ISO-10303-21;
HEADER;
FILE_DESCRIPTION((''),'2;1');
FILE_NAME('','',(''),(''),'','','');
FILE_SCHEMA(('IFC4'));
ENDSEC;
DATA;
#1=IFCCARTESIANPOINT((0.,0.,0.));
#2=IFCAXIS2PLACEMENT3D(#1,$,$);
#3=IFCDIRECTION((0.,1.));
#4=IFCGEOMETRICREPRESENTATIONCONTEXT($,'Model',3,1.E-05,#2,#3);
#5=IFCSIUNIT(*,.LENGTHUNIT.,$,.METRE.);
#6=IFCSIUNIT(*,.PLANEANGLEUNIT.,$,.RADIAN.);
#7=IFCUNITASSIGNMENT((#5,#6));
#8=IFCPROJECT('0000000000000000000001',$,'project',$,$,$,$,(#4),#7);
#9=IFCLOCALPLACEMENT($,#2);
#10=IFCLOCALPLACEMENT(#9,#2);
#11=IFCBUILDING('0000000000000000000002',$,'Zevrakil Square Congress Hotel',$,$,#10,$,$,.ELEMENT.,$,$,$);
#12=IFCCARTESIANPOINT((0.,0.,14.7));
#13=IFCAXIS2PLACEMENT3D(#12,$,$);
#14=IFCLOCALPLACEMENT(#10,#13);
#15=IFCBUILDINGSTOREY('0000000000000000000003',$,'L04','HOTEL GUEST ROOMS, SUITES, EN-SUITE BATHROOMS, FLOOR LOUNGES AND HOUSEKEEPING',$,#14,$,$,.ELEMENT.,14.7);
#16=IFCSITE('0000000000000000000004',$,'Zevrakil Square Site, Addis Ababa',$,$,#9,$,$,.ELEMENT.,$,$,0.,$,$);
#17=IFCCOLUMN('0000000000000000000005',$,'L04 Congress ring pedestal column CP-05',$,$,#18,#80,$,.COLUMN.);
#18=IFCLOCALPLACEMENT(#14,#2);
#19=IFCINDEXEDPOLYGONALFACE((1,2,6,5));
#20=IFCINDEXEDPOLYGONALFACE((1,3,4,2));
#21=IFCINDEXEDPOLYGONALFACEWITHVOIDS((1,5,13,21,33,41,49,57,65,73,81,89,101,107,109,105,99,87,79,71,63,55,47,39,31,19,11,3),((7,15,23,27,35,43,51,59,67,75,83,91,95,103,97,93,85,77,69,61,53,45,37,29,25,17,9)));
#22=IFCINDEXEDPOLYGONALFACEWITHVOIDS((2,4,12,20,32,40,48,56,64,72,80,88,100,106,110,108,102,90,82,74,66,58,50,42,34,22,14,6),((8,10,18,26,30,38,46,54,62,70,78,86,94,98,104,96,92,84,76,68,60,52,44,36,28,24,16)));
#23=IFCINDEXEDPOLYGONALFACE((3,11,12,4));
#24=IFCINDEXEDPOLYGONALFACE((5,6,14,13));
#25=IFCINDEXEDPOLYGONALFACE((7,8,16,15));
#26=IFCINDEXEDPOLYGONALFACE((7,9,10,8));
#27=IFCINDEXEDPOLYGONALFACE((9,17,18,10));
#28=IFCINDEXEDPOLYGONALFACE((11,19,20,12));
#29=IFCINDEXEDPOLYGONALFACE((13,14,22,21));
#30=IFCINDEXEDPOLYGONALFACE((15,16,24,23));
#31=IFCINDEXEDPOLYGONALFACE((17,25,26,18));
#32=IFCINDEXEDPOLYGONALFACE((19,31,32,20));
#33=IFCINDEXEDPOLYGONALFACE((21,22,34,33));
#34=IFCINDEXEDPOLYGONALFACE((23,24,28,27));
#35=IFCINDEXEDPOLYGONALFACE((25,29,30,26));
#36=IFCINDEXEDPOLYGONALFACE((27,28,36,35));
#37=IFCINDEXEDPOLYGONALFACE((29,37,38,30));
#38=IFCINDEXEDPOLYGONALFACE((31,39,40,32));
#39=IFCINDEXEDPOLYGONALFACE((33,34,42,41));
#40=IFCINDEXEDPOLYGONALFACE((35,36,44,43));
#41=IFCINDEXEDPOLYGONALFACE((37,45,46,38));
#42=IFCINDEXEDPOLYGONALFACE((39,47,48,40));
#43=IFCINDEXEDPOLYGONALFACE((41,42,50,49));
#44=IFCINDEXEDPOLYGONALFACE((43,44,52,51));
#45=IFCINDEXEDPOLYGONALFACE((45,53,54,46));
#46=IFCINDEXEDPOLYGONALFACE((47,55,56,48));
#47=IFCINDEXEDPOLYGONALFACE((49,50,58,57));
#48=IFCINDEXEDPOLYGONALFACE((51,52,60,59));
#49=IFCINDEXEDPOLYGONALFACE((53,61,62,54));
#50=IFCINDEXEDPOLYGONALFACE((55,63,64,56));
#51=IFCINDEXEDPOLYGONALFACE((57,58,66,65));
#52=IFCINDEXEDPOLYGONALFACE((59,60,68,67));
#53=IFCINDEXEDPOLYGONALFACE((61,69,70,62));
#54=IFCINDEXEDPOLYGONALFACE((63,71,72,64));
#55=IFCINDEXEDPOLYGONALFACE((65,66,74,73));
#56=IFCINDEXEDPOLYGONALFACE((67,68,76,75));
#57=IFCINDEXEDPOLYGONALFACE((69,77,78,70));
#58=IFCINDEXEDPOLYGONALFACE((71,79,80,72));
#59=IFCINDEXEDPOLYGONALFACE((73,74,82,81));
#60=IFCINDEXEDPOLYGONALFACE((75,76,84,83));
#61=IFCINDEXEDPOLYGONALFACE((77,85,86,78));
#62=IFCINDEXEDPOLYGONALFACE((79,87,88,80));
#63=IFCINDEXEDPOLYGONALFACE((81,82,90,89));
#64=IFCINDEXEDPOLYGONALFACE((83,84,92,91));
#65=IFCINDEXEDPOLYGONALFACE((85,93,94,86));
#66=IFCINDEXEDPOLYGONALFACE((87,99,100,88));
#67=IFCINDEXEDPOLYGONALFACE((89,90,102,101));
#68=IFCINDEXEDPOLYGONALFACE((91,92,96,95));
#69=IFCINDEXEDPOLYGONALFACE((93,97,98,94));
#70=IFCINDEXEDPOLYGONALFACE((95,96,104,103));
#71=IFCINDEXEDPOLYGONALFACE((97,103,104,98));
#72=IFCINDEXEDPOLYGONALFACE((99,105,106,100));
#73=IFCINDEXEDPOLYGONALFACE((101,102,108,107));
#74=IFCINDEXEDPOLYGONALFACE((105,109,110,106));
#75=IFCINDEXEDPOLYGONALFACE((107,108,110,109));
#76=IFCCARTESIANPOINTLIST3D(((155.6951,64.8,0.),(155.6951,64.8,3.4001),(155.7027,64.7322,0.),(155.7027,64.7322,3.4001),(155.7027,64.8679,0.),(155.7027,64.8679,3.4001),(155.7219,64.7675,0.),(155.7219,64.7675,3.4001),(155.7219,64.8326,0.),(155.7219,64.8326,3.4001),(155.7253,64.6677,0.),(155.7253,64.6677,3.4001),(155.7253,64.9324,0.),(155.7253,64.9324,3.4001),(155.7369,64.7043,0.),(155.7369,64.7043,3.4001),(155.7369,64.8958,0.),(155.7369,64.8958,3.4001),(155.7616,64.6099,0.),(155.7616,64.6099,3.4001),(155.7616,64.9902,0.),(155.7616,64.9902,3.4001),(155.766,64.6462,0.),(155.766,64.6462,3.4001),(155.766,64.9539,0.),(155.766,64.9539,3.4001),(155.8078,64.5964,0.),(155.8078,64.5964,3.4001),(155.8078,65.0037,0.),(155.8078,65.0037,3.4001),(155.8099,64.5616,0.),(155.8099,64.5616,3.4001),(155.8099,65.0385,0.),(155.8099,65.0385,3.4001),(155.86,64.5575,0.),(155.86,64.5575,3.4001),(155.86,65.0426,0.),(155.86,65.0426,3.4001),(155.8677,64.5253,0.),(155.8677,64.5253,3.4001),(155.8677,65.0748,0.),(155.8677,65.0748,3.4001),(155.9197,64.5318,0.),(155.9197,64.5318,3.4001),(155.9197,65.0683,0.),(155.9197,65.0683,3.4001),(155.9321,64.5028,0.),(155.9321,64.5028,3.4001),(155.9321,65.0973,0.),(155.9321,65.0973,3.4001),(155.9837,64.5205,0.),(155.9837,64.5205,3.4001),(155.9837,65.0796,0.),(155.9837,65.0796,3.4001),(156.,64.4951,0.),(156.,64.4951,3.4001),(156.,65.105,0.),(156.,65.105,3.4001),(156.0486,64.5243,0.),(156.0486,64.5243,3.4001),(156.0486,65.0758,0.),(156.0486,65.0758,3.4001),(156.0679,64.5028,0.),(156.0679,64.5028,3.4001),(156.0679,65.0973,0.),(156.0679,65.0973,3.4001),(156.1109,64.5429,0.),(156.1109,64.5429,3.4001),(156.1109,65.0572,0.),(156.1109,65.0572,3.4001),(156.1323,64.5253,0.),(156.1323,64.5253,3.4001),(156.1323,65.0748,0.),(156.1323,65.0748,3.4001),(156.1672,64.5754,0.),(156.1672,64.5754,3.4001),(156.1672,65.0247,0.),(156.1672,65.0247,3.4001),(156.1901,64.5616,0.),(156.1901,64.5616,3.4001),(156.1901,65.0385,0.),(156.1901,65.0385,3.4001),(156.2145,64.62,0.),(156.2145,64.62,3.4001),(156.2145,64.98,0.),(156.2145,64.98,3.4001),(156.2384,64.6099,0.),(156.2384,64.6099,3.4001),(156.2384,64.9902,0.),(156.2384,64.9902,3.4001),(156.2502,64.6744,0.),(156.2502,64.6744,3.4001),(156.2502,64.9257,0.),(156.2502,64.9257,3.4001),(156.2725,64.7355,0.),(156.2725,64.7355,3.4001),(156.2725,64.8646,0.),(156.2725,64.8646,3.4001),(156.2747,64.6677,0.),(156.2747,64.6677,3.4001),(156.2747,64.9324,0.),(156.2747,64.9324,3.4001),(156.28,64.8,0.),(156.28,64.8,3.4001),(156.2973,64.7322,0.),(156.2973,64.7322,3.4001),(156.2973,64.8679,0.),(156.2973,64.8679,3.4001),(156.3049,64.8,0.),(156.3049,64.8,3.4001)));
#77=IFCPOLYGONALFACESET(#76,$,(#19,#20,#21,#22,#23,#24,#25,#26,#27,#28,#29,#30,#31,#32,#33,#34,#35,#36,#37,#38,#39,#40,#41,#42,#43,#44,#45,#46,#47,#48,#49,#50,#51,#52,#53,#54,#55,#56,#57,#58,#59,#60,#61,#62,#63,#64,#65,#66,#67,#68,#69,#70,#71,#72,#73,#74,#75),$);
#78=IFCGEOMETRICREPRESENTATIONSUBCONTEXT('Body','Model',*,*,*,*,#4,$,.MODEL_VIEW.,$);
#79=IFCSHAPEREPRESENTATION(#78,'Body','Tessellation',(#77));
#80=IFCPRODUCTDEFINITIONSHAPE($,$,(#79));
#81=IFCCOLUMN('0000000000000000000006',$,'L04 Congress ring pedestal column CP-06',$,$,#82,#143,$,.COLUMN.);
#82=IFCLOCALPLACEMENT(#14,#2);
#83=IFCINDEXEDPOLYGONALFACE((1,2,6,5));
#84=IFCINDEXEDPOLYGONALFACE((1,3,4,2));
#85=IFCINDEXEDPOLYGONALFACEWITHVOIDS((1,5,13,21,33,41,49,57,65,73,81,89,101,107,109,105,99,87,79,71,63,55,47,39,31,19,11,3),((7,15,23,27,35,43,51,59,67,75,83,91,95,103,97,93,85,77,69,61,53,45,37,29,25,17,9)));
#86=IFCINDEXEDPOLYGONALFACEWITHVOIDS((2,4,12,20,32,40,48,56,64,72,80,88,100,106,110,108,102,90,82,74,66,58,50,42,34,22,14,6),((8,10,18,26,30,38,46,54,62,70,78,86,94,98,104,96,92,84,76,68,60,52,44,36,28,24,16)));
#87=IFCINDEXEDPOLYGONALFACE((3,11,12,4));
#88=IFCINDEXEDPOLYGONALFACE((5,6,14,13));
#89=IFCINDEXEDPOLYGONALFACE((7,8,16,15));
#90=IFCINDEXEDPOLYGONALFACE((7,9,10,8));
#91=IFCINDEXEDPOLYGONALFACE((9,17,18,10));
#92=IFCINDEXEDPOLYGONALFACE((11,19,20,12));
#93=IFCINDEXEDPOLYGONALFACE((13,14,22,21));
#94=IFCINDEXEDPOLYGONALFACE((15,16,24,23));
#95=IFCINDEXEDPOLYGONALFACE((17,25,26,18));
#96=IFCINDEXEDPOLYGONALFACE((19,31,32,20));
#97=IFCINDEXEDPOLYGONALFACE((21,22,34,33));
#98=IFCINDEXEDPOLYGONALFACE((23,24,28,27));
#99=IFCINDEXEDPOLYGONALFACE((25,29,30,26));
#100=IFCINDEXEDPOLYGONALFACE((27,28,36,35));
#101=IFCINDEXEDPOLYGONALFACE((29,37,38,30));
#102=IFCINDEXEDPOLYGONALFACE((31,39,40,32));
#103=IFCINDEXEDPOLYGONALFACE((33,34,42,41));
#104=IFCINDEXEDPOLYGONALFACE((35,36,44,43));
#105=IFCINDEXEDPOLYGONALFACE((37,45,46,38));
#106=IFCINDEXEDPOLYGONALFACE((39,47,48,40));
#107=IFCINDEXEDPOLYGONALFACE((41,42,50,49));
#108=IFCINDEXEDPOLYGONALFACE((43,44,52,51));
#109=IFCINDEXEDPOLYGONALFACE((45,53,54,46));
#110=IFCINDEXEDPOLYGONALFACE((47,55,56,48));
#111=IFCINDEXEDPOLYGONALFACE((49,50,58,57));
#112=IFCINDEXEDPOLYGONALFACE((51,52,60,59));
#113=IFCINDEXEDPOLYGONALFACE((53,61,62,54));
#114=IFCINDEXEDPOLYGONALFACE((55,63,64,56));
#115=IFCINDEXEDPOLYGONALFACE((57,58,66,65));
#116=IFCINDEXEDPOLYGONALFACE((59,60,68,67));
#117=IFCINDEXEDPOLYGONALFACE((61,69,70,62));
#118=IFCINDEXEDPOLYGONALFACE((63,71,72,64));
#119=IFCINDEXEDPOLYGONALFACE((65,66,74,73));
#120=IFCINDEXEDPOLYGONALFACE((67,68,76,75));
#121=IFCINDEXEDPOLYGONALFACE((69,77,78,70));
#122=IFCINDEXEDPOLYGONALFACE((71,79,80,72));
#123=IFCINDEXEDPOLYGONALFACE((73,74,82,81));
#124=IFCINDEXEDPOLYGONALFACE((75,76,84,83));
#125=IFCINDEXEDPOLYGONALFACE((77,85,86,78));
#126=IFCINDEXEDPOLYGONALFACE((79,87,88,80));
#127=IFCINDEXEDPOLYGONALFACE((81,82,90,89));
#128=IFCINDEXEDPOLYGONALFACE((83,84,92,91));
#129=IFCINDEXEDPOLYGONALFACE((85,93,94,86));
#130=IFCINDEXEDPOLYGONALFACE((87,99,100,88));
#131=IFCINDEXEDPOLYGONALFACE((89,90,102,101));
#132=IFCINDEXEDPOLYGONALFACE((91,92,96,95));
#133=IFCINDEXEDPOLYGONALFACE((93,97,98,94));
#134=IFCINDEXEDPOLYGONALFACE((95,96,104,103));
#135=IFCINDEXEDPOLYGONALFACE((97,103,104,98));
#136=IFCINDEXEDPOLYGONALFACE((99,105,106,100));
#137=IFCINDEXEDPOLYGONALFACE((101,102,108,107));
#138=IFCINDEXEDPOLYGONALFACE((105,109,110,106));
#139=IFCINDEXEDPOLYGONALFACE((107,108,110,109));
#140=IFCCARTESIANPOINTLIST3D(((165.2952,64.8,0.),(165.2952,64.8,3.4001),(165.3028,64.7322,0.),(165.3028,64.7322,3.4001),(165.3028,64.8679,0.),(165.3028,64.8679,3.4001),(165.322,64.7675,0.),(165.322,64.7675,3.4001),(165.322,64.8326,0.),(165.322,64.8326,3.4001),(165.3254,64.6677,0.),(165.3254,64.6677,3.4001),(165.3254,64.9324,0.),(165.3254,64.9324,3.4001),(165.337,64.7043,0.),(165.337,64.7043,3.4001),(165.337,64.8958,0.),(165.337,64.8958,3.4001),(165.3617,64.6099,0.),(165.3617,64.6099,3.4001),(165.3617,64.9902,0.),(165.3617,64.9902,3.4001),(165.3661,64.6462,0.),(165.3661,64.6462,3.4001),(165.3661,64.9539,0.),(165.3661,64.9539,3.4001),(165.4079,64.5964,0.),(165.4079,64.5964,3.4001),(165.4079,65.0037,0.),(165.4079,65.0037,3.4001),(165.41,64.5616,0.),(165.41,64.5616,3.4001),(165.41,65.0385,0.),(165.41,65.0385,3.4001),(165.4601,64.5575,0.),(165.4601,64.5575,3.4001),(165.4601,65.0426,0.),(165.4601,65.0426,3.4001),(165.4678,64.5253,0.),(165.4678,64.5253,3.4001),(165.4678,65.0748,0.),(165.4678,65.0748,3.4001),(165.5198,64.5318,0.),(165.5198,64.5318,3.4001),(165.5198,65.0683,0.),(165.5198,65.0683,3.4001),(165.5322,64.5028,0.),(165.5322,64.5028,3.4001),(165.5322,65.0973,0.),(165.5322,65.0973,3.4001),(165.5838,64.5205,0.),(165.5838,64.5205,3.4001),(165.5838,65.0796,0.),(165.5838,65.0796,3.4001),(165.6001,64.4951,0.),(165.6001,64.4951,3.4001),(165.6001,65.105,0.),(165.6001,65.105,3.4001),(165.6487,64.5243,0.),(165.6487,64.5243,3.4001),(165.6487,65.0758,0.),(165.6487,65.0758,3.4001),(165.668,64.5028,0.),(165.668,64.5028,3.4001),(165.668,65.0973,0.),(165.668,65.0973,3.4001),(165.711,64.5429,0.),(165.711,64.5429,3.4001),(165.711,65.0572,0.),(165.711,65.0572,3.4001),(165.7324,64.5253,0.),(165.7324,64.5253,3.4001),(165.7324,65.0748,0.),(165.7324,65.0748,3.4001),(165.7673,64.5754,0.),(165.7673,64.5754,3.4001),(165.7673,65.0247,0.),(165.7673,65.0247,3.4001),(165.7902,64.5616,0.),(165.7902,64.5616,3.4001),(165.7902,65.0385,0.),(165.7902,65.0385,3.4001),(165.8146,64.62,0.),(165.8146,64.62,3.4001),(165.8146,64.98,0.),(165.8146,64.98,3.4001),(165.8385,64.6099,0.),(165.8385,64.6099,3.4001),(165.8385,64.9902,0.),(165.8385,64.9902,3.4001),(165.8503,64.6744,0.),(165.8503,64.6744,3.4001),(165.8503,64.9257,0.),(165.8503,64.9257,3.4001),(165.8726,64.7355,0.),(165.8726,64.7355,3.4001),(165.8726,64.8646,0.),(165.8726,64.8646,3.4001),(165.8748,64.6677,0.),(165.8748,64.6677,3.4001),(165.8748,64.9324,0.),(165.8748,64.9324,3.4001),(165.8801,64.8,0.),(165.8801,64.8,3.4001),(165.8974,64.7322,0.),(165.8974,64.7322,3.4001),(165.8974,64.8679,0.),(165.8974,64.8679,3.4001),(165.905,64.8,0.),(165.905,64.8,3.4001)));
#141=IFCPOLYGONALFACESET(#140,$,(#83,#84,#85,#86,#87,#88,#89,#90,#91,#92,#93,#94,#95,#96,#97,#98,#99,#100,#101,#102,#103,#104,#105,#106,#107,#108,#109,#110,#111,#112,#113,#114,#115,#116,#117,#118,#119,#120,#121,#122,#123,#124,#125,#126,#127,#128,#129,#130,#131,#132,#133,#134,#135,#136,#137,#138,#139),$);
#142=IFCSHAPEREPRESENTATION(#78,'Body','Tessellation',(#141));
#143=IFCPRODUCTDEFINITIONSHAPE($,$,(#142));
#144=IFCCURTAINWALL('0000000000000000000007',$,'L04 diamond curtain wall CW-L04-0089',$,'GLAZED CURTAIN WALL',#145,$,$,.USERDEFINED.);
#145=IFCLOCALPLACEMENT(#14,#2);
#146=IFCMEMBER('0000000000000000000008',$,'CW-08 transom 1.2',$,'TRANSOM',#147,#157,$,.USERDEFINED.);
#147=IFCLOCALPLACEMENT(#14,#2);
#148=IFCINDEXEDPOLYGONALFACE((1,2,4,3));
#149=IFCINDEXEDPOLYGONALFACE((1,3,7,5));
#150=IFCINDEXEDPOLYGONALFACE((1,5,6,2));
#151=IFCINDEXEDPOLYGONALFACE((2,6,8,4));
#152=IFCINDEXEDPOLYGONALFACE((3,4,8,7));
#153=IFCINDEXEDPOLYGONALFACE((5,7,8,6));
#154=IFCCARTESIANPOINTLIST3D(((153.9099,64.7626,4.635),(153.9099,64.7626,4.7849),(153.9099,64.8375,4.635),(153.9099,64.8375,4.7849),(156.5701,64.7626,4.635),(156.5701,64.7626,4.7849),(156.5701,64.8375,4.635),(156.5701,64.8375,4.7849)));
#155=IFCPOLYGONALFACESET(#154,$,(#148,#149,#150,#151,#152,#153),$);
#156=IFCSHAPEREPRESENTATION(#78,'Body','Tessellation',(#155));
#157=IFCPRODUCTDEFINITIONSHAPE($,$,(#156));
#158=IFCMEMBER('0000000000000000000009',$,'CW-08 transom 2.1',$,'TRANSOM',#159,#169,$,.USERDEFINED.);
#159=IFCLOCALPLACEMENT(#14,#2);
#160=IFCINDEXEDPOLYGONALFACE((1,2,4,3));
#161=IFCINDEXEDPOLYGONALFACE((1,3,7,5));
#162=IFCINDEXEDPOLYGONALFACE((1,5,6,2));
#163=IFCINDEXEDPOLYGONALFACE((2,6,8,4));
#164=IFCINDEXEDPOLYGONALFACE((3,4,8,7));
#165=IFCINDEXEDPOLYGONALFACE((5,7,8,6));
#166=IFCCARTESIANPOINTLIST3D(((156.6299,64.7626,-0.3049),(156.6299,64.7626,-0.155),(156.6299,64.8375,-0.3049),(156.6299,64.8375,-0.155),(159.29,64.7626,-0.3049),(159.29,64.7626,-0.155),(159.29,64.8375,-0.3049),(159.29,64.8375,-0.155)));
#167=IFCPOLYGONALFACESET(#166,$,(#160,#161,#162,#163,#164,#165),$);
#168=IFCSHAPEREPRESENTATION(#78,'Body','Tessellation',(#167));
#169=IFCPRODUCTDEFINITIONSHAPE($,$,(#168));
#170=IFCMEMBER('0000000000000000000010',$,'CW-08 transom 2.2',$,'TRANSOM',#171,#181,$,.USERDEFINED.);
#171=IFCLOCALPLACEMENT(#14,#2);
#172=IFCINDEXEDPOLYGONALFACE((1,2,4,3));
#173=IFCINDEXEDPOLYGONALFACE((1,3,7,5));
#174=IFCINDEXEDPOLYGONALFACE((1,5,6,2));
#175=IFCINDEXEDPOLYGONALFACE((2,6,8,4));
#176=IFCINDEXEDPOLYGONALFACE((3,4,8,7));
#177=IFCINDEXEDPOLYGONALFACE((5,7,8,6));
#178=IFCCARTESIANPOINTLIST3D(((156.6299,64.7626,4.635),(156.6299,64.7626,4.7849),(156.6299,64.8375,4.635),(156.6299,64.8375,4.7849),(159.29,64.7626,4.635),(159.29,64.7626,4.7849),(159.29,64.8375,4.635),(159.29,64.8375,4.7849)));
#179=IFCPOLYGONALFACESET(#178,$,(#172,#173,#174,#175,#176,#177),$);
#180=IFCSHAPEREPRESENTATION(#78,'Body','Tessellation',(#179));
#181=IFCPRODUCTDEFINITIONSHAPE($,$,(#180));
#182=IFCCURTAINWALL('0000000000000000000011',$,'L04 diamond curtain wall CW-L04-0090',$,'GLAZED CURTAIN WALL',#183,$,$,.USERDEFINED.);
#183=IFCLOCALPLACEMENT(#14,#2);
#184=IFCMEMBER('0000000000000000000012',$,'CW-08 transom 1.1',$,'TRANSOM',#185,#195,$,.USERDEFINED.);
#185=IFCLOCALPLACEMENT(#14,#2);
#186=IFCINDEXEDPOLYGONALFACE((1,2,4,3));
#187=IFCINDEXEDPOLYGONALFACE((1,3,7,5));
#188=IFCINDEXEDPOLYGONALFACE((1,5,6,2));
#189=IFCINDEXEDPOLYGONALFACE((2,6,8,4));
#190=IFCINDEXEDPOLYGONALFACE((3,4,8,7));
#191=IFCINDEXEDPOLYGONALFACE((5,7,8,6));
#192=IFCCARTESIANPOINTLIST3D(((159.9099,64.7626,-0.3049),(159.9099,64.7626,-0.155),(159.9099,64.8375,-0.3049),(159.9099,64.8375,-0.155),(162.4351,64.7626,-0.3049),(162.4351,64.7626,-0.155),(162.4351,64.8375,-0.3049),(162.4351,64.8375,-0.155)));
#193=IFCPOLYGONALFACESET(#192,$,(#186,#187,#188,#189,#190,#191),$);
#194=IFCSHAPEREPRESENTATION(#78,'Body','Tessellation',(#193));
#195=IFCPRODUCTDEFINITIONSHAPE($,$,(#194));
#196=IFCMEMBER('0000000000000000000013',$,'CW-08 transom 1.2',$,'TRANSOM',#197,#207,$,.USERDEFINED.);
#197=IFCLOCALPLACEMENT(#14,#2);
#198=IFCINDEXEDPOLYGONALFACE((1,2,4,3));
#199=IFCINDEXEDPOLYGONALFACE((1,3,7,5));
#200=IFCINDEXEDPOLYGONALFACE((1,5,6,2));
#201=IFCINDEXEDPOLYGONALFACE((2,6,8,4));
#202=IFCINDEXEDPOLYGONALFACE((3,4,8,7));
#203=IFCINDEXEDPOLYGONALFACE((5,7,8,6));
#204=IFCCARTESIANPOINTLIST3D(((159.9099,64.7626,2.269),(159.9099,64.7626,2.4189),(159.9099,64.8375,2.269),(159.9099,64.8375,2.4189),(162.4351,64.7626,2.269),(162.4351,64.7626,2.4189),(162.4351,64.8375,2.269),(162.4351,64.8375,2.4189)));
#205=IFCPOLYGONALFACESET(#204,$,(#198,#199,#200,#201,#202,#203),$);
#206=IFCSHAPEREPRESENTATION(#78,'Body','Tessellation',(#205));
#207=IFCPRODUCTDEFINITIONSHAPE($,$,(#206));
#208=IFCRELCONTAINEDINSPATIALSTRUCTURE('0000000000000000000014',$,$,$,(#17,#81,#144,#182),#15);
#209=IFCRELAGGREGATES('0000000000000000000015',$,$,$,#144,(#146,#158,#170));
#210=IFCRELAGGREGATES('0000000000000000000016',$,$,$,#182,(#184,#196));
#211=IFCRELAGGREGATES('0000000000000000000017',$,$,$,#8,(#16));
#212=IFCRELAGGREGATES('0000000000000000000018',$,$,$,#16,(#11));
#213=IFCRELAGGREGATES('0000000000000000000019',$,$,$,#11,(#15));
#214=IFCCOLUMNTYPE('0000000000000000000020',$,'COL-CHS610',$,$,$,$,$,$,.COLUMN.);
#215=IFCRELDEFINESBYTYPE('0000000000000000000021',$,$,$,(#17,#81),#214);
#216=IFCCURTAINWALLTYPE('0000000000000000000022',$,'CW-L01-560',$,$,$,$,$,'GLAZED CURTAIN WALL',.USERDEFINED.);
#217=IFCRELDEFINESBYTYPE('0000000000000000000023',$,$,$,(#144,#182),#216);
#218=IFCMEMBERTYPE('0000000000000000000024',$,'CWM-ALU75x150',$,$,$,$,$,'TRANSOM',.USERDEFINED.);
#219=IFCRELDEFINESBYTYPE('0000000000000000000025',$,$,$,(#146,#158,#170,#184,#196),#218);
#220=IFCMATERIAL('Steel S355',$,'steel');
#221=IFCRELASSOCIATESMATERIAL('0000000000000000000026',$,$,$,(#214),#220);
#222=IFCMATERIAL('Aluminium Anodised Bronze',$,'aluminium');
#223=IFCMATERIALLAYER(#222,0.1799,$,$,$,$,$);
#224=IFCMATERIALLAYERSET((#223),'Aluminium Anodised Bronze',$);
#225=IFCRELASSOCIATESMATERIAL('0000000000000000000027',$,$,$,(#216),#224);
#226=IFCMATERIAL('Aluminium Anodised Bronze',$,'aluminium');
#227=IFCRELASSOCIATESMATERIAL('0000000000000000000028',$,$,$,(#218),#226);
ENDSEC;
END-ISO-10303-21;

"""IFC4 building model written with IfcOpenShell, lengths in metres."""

from ifc_helpers import new_model, si_unit, direction, frame, origin, origin_2d, place, context, subcontext, project, spatial, rectangle, hollow_circle, extrude, material, layer, layer_set, material_profile, profile_set, type_object, element, aggregate, save


model = new_model("IFC4")

# Units and contexts
model_context = context("Model", 3, precision=1e-05, world=origin(), true_north=direction((0.0, 1.0)))
body_context = subcontext(model_context, "Body", "Model", "MODEL_VIEW")
ifc_project = project(units=[si_unit("LENGTHUNIT", "METRE"), si_unit("PLANEANGLEUNIT", "RADIAN")], contexts=[model_context])

# Site, building, storey
site_placement = place(None, origin())
site = spatial("IfcSite", under=ifc_project, at=site_placement, Name="Zevrakil Square Site, Addis Ababa", CompositionType="ELEMENT", RefElevation=0.0)
building_placement = place(site_placement, origin())
building = spatial("IfcBuilding", under=site, at=building_placement, Name="Zevrakil Square Congress Hotel", CompositionType="ELEMENT")
storey_placement = place(building_placement, frame((0.0, 0.0, 14.7)))
storey = spatial("IfcBuildingStorey", under=building, at=storey_placement, Name="L04", Description="HOTEL GUEST ROOMS, SUITES, EN-SUITE BATHROOMS, FLOOR LOUNGES AND HOUSEKEEPING", CompositionType="ELEMENT", Elevation=14.7)

# Columns
ifc_material_1 = material(Name="Steel S355", Category="steel")
ifc_material_profile_1 = material_profile(ifc_material_1, hollow_circle(Radius=0.3049, WallThickness=0.0249, at=origin_2d()), Name="CHS 610x25")
ifc_profile_set_1 = profile_set([ifc_material_profile_1], Name="Steel S355")
column_type = type_object("IfcColumnType", Name="COL-CHS610", PredefinedType="COLUMN", material=ifc_profile_set_1)
for number, where, z_axis, x_axis, name in (
    (1, (156.0, 64.8, 0.0), (0.0, 0.0, 1.0), (1.0, 0.0, 0.0), "L04 Congress ring pedestal column CP-05"),
    (2, (165.6001, 64.8, 0.0), (0.0, 0.0, 1.0), (1.0, 0.0, 0.0), "L04 Congress ring pedestal column CP-06"),
):
    element("IfcColumn", number, at=place(storey_placement, frame(where, z_axis=z_axis, x_axis=x_axis)), inside=storey, type_object=column_type, Name=name, PredefinedType="COLUMN", context=body_context, shape_type="SweptSolid", body=[
        extrude(hollow_circle(Radius=0.3049, WallThickness=0.0249, at=origin_2d()), origin(), (0.0, 0.0, 1.0), 3.4001),
    ])

# Curtain walls, members
ifc_material_2 = material(Name="Aluminium Anodised Bronze", Category="aluminium")
ifc_layer_1 = layer(ifc_material_2, 0.1799)
ifc_layer_set_1 = layer_set([ifc_layer_1], Name="Aluminium Anodised Bronze")
curtain_wall_type = type_object("IfcCurtainWallType", Name="CW-L01-560", ElementType="GLAZED CURTAIN WALL", PredefinedType="USERDEFINED", material=ifc_layer_set_1)
curtain_wall_1_placement = place(storey_placement, origin())
curtain_wall_1 = element("IfcCurtainWall", 3, at=curtain_wall_1_placement, inside=storey, type_object=curtain_wall_type, Name="L04 diamond curtain wall CW-L04-0089", ObjectType="GLAZED CURTAIN WALL", PredefinedType="USERDEFINED")
ifc_material_3 = material(Name="Aluminium Anodised Bronze", Category="aluminium")
ifc_material_profile_2 = material_profile(ifc_material_3, rectangle(XDim=0.075, YDim=0.1499, at=origin_2d()), Name="ALU 75x150")
ifc_profile_set_2 = profile_set([ifc_material_profile_2], Name="Aluminium Anodised Bronze")
member_type_1 = type_object("IfcMemberType", Name="CWM-ALU75x150", ElementType="TRANSOM", PredefinedType="USERDEFINED", material=ifc_profile_set_2)
member_1_placement = place(storey_placement, frame((153.9099, 64.8, 4.71), z_axis=(1.0, 0.0, 0.0), x_axis=(0.0, 1.0, 0.0)))
member_1 = element("IfcMember", 4, at=member_1_placement, type_object=member_type_1, Name="CW-08 transom 1.2", ObjectType="TRANSOM", PredefinedType="USERDEFINED", context=body_context, shape_type="SweptSolid", body=[
    extrude(rectangle(XDim=0.075, YDim=0.1499, at=origin_2d()), origin(), (0.0, 0.0, 1.0), 2.6602),
])
member_2_placement = place(storey_placement, frame((156.6299, 64.8, -0.23), z_axis=(1.0, 0.0, 0.0), x_axis=(0.0, 1.0, 0.0)))
member_2 = element("IfcMember", 5, at=member_2_placement, type_object=member_type_1, Name="CW-08 transom 2.1", ObjectType="TRANSOM", PredefinedType="USERDEFINED", context=body_context, shape_type="SweptSolid", body=[
    extrude(rectangle(XDim=0.075, YDim=0.1499, at=origin_2d()), origin(), (0.0, 0.0, 1.0), 2.6602),
])
member_3_placement = place(storey_placement, frame((156.6299, 64.8, 4.71), z_axis=(1.0, 0.0, 0.0), x_axis=(0.0, 1.0, 0.0)))
member_3 = element("IfcMember", 6, at=member_3_placement, type_object=member_type_1, Name="CW-08 transom 2.2", ObjectType="TRANSOM", PredefinedType="USERDEFINED", context=body_context, shape_type="SweptSolid", body=[
    extrude(rectangle(XDim=0.075, YDim=0.1499, at=origin_2d()), origin(), (0.0, 0.0, 1.0), 2.6602),
])
curtain_wall_2_placement = place(storey_placement, origin())
curtain_wall_2 = element("IfcCurtainWall", 7, at=curtain_wall_2_placement, inside=storey, type_object=curtain_wall_type, Name="L04 diamond curtain wall CW-L04-0090", ObjectType="GLAZED CURTAIN WALL", PredefinedType="USERDEFINED")
member_4_placement = place(storey_placement, frame((159.9099, 64.8, -0.23), z_axis=(1.0, 0.0, 0.0), x_axis=(0.0, 1.0, 0.0)))
member_4 = element("IfcMember", 8, at=member_4_placement, type_object=member_type_1, Name="CW-08 transom 1.1", ObjectType="TRANSOM", PredefinedType="USERDEFINED", context=body_context, shape_type="SweptSolid", body=[
    extrude(rectangle(XDim=0.075, YDim=0.1499, at=origin_2d()), origin(), (0.0, 0.0, 1.0), 2.5251),
])
member_5_placement = place(storey_placement, frame((159.9099, 64.8, 2.344), z_axis=(1.0, 0.0, 0.0), x_axis=(0.0, 1.0, 0.0)))
member_5 = element("IfcMember", 9, at=member_5_placement, type_object=member_type_1, Name="CW-08 transom 1.2", ObjectType="TRANSOM", PredefinedType="USERDEFINED", context=body_context, shape_type="SweptSolid", body=[
    extrude(rectangle(XDim=0.075, YDim=0.1499, at=origin_2d()), origin(), (0.0, 0.0, 1.0), 2.5251),
])

aggregate(curtain_wall_1, [member_1, member_2, member_3])
aggregate(curtain_wall_2, [member_4, member_5])

save(model, "model.ifc")
